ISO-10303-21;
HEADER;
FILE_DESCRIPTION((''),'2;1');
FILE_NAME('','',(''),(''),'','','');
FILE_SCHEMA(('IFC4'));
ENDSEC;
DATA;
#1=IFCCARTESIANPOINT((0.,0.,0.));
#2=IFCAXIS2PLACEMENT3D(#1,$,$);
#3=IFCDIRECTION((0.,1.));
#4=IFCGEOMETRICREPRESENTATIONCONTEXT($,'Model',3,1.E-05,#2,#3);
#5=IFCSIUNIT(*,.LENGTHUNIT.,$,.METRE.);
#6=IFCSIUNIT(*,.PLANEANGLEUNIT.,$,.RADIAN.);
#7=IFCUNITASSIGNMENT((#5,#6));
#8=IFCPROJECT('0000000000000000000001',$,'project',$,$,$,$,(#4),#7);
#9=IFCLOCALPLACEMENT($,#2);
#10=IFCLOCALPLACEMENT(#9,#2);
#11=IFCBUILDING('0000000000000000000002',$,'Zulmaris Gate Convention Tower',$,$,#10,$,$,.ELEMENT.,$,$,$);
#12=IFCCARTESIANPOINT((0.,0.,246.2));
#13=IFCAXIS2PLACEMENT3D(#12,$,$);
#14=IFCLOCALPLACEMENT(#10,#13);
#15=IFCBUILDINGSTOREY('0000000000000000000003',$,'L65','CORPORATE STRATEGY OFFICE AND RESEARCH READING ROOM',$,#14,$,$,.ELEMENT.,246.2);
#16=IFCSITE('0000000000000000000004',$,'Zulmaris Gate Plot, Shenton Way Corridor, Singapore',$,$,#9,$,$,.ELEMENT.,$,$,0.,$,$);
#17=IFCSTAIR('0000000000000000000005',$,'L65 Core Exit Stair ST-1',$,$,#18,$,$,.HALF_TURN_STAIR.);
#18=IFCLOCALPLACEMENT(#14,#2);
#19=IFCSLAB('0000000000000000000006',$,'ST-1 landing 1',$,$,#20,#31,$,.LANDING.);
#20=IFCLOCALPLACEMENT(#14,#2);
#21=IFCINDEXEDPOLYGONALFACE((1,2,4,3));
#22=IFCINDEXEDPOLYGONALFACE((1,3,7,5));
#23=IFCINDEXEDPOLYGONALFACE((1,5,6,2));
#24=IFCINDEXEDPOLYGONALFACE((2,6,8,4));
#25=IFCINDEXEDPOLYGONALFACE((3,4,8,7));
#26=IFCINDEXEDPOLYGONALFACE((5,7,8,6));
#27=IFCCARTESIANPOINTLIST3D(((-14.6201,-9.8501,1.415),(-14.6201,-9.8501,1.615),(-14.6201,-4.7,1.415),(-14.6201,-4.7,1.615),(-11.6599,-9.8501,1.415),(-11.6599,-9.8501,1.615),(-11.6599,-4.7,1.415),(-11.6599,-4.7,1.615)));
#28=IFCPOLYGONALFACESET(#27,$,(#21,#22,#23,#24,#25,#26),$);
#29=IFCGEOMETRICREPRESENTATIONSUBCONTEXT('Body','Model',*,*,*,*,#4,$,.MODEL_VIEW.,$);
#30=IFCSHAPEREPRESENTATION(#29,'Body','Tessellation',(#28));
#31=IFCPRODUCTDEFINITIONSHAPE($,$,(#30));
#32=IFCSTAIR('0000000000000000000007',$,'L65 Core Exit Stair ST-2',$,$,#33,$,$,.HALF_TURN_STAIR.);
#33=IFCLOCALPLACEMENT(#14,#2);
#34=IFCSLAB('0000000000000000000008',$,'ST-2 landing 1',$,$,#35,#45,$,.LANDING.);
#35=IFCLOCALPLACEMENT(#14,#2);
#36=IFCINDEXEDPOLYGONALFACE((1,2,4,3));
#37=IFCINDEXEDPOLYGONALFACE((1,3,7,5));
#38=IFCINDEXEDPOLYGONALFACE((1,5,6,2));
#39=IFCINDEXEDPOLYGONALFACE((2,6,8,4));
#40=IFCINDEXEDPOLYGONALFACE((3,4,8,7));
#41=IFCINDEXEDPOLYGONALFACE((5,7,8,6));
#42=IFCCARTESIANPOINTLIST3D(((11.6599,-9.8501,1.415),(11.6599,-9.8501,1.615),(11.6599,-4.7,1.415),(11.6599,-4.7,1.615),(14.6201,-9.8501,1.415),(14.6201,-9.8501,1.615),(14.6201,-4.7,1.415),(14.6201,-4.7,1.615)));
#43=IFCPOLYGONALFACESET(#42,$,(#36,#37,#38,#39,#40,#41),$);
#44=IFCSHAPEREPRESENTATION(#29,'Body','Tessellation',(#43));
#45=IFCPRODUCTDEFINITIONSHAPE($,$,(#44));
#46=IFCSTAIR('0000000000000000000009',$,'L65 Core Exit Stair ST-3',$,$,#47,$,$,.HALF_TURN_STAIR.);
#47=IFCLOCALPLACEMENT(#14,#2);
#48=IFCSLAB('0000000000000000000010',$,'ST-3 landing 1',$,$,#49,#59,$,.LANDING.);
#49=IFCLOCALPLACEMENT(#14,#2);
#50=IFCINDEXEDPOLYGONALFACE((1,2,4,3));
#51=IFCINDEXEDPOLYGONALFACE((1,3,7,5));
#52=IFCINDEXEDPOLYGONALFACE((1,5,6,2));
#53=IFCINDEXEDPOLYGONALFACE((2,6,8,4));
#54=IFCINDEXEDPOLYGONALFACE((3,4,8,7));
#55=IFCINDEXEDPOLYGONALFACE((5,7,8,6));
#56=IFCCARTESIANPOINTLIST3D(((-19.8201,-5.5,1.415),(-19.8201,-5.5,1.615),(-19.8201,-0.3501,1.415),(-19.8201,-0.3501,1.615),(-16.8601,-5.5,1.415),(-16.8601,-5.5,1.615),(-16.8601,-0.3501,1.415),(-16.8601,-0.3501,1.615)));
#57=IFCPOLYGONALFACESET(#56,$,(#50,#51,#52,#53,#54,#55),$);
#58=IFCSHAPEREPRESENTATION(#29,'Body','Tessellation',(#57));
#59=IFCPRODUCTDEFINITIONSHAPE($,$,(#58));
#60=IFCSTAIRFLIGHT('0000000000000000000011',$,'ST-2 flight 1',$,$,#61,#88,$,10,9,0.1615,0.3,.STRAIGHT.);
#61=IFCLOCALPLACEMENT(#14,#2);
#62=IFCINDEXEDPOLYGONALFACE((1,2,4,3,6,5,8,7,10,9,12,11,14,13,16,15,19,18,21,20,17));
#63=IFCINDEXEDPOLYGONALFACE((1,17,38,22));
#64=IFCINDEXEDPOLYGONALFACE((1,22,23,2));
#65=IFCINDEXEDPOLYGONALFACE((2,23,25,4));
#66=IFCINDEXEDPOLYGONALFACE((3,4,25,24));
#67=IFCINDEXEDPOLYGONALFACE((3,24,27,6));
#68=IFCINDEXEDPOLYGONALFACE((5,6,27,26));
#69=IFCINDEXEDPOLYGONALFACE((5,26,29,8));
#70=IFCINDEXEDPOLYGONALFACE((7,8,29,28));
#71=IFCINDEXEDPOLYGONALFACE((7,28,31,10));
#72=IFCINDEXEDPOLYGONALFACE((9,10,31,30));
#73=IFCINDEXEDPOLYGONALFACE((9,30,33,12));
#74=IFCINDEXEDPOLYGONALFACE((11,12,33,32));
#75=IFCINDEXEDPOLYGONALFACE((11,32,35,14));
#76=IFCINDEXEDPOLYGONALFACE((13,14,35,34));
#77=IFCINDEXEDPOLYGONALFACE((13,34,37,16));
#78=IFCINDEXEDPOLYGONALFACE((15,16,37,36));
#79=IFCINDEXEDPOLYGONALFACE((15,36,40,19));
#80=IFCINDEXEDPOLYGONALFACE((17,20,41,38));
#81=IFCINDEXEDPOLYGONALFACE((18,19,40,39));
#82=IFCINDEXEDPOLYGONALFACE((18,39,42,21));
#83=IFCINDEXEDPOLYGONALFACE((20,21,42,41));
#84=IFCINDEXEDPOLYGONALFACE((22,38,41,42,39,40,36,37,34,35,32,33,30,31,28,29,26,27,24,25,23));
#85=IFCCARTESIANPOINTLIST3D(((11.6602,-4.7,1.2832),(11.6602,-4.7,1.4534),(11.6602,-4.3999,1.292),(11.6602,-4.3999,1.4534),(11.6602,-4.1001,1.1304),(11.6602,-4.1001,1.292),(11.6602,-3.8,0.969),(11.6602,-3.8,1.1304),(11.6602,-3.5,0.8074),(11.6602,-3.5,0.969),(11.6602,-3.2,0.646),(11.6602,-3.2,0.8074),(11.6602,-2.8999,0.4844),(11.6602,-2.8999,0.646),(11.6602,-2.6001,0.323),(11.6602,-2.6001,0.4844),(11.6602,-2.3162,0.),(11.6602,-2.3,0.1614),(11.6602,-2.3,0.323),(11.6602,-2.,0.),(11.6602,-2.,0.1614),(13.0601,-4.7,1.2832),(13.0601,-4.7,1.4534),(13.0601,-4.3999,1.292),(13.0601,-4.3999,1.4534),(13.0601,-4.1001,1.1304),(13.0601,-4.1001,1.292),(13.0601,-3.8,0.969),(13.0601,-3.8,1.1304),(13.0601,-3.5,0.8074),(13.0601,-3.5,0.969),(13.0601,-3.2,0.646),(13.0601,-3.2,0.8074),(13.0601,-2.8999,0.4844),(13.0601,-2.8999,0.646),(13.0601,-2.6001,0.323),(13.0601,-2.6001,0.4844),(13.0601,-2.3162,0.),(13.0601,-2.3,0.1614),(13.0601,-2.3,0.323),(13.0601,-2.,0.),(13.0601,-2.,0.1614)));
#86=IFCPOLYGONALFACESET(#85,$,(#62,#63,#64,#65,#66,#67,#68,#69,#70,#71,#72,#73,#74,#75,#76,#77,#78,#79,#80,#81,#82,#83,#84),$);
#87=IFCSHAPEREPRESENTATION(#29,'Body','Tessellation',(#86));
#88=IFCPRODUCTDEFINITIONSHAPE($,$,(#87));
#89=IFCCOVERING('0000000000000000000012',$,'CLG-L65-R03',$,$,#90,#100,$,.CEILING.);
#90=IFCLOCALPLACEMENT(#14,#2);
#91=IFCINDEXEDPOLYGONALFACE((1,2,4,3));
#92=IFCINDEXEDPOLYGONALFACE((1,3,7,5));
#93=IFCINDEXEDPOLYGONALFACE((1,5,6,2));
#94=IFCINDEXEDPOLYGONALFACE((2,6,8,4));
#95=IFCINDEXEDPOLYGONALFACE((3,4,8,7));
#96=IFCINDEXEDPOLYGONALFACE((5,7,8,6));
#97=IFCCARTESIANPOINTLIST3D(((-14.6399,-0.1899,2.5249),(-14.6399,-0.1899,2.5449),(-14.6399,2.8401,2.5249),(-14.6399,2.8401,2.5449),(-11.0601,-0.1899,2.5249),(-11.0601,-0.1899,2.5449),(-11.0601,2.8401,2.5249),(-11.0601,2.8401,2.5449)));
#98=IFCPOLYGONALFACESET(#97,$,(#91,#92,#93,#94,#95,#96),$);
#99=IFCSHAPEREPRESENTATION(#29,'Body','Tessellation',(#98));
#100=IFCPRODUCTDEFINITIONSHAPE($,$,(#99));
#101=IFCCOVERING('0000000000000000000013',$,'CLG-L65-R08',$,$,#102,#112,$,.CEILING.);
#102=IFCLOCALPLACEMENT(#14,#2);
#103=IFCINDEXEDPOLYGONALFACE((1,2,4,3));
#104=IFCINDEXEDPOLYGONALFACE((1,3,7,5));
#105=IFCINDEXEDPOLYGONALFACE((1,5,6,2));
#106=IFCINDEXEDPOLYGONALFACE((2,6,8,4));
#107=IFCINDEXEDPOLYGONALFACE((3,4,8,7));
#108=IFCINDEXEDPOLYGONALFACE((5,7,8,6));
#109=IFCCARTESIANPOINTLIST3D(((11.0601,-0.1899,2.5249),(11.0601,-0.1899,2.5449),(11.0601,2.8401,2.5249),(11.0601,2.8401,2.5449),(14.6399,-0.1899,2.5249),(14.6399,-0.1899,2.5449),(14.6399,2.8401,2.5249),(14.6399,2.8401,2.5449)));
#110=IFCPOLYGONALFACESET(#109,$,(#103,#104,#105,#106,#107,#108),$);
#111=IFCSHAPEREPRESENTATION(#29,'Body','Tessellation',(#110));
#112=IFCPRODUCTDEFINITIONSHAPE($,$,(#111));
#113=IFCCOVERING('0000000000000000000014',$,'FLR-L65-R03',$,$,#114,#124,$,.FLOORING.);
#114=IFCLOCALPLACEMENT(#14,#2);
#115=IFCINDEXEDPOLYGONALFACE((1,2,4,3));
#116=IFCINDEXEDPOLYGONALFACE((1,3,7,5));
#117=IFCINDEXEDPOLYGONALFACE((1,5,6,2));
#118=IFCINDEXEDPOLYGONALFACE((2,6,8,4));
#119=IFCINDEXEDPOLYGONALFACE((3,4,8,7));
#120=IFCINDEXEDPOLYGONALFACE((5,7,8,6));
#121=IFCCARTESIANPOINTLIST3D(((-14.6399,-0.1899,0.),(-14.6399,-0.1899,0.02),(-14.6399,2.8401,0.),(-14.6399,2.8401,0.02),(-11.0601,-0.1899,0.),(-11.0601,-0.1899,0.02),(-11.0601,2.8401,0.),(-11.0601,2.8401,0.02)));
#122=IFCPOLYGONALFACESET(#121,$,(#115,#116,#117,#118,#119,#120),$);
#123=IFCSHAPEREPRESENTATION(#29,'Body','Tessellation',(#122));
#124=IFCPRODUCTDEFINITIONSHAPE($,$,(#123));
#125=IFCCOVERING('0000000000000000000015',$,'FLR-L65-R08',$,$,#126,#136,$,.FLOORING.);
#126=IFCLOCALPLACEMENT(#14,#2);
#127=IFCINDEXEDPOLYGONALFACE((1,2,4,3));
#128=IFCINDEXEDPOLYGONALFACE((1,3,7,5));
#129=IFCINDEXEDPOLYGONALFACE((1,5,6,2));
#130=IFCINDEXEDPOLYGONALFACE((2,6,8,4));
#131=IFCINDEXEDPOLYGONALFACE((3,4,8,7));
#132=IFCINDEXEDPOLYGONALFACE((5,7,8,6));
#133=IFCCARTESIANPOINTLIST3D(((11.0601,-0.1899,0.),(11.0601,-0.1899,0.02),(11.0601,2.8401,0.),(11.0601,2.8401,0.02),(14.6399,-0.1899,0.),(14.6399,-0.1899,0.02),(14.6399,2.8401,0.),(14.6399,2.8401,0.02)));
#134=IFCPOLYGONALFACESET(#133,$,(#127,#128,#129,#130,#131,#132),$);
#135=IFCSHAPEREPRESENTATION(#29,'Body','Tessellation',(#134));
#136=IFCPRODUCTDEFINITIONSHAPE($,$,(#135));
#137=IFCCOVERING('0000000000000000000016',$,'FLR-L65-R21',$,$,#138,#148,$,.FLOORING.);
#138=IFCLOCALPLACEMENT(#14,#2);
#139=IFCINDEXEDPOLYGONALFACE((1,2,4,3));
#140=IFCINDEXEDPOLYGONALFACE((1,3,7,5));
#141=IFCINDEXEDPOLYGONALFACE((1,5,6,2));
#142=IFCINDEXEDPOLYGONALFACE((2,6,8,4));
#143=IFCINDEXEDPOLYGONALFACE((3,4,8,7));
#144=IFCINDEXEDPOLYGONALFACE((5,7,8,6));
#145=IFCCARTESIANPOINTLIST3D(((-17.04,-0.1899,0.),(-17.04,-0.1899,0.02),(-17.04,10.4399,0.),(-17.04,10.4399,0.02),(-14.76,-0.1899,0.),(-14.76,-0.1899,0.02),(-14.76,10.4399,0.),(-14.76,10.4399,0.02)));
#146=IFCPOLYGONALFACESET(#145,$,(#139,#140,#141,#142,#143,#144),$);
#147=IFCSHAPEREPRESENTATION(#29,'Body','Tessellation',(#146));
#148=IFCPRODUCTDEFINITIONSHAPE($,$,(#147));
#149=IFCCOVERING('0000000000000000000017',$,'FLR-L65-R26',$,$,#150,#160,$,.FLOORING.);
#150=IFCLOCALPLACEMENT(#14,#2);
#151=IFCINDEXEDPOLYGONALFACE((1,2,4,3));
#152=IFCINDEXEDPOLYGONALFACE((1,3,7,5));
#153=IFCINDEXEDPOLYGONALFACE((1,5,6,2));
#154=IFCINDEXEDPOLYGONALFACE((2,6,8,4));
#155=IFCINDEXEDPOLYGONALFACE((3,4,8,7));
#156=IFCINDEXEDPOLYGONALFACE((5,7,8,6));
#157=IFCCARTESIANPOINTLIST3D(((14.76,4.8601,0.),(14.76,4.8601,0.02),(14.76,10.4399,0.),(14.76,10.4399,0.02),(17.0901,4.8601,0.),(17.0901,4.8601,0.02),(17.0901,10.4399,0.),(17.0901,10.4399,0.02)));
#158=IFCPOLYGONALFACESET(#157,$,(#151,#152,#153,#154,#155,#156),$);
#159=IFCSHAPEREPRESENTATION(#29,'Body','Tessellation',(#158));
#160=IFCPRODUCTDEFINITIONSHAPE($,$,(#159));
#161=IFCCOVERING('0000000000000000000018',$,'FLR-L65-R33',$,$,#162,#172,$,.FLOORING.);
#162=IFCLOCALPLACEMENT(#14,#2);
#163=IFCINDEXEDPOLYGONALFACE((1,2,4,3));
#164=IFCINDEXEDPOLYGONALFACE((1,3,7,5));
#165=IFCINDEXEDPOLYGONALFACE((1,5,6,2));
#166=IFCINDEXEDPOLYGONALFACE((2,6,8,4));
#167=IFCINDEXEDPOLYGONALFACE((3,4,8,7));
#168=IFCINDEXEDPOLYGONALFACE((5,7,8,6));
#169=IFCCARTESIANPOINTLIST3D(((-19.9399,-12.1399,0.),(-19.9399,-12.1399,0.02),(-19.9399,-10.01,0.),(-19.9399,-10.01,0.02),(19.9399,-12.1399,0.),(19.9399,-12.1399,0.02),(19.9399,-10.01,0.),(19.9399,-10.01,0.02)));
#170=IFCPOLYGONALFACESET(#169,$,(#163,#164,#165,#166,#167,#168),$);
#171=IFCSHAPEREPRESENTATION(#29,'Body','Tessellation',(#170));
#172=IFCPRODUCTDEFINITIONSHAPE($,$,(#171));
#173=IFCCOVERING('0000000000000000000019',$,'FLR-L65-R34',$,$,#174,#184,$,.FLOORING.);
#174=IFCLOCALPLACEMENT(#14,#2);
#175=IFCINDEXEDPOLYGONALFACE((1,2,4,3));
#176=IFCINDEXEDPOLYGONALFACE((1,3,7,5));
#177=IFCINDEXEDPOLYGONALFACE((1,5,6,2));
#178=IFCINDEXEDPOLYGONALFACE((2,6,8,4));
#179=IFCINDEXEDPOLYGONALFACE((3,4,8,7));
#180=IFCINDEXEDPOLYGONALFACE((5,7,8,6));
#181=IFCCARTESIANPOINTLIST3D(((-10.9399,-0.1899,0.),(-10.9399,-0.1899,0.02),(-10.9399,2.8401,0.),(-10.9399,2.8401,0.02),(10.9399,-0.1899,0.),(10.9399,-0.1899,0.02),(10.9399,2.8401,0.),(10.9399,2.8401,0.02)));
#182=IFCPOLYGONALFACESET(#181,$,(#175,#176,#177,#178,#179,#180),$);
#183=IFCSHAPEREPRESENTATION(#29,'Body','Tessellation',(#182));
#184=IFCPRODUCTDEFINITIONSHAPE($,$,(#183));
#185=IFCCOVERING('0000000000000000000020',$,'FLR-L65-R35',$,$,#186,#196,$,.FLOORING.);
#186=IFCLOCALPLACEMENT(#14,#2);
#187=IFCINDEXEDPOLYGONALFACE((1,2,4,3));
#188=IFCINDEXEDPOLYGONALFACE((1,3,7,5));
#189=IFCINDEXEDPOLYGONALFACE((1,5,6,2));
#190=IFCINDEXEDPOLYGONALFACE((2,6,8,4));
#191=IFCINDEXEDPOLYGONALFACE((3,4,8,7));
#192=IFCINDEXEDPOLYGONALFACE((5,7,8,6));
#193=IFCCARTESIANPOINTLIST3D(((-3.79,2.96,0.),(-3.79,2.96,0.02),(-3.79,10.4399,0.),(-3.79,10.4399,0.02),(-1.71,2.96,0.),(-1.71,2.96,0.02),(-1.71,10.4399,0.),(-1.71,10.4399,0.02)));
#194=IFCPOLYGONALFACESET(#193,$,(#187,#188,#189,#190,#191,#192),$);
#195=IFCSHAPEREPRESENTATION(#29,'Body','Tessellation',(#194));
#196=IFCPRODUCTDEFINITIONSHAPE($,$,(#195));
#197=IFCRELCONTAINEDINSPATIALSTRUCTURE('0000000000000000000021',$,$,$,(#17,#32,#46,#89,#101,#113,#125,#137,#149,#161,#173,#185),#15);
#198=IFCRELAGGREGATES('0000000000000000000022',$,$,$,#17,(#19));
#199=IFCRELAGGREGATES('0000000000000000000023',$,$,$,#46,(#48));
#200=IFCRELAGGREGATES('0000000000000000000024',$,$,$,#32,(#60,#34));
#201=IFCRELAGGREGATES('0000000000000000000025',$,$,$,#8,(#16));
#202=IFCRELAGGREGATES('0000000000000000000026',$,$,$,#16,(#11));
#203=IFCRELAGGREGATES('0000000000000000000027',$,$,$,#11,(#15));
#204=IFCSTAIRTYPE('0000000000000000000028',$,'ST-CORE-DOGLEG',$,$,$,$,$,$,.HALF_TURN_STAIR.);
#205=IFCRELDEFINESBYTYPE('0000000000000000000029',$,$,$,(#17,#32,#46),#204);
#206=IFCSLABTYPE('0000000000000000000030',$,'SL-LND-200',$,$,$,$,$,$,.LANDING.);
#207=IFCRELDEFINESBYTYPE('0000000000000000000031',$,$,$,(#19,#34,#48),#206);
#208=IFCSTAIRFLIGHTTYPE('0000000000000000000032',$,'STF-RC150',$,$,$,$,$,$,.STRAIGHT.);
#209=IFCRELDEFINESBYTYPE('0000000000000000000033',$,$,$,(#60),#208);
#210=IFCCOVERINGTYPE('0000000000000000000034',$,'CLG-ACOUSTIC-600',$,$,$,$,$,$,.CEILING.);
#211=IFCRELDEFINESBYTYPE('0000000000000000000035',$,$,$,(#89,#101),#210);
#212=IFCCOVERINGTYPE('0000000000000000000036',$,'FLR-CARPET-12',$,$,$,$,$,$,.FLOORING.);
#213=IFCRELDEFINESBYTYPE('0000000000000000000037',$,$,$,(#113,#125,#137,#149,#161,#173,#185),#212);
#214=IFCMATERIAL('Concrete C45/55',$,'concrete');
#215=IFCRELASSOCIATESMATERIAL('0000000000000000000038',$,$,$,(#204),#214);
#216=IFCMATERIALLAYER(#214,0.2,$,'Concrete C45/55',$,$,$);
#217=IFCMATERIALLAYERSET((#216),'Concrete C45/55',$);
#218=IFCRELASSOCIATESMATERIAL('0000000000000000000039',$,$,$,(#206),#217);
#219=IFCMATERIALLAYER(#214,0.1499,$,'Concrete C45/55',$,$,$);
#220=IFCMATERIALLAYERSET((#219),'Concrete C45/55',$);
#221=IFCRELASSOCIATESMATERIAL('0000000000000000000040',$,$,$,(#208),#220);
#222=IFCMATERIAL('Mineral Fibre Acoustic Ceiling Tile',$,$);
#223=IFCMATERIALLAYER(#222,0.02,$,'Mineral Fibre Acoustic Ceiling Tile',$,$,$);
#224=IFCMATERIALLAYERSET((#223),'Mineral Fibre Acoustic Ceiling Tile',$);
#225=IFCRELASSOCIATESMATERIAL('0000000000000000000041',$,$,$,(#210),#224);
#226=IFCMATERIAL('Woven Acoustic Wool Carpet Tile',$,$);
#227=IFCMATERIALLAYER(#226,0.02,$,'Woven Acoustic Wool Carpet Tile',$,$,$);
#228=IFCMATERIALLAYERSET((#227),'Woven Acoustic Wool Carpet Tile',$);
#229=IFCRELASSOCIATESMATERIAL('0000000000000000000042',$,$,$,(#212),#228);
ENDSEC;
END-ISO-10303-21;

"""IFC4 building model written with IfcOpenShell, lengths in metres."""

from ifc_helpers import new_model, si_unit, direction, frame, origin, place, context, subcontext, project, spatial, polyline, outline, extrude, material, layer, layer_set, type_object, element, aggregate, save


model = new_model("IFC4")

# Units and contexts
model_context = context("Model", 3, precision=1e-05, world=origin(), true_north=direction((0.0, 1.0)))
body_context = subcontext(model_context, "Body", "Model", "MODEL_VIEW")
ifc_project = project(units=[si_unit("LENGTHUNIT", "METRE"), si_unit("PLANEANGLEUNIT", "RADIAN")], contexts=[model_context])

# Site, building, storey
site_placement = place(None, origin())
site = spatial("IfcSite", under=ifc_project, at=site_placement, Name="Zulmaris Gate Plot, Shenton Way Corridor, Singapore", CompositionType="ELEMENT", RefElevation=0.0)
building_placement = place(site_placement, origin())
building = spatial("IfcBuilding", under=site, at=building_placement, Name="Zulmaris Gate Convention Tower", CompositionType="ELEMENT")
storey_placement = place(building_placement, frame((0.0, 0.0, 246.2)))
storey = spatial("IfcBuildingStorey", under=building, at=storey_placement, Name="L65", Description="CORPORATE STRATEGY OFFICE AND RESEARCH READING ROOM", CompositionType="ELEMENT", Elevation=246.2)

# Stairs, slabs
ifc_material_1 = material(Name="Concrete C45/55", Category="concrete")
stair_type = type_object("IfcStairType", Name="ST-CORE-DOGLEG", PredefinedType="HALF_TURN_STAIR", material=ifc_material_1)
stair_1_placement = place(storey_placement, origin())
stair_1 = element("IfcStair", 1, at=stair_1_placement, inside=storey, type_object=stair_type, Name="L65 Core Exit Stair ST-1", PredefinedType="HALF_TURN_STAIR")
ifc_layer_1 = layer(ifc_material_1, 0.2, Name="Concrete C45/55")
ifc_layer_set_1 = layer_set([ifc_layer_1], Name="Concrete C45/55")
slab_type = type_object("IfcSlabType", Name="SL-LND-200", PredefinedType="LANDING", material=ifc_layer_set_1)
slab_1_placement = place(storey_placement, frame((0.0, 0.0, 1.415)))
slab_1 = element("IfcSlab", 2, at=slab_1_placement, type_object=slab_type, Name="ST-1 landing 1", PredefinedType="LANDING", context=body_context, shape_type="SweptSolid", body=[
    extrude(outline(polyline([(-14.6201, -4.7), (-14.6201, -9.8501), (-11.6599, -9.8501), (-11.6599, -4.7), (-14.6201, -4.7)])), origin(), (0.0, 0.0, 1.0), 0.2),
])
aggregate(stair_1, [slab_1])
stair_2_placement = place(storey_placement, origin())
stair_2 = element("IfcStair", 3, at=stair_2_placement, inside=storey, type_object=stair_type, Name="L65 Core Exit Stair ST-2", PredefinedType="HALF_TURN_STAIR")
slab_2_placement = place(storey_placement, frame((0.0, 0.0, 1.415)))
slab_2 = element("IfcSlab", 4, at=slab_2_placement, type_object=slab_type, Name="ST-2 landing 1", PredefinedType="LANDING", context=body_context, shape_type="SweptSolid", body=[
    extrude(outline(polyline([(11.6599, -4.7), (11.6599, -9.8501), (14.6201, -9.8501), (14.6201, -4.7), (11.6599, -4.7)])), origin(), (0.0, 0.0, 1.0), 0.2),
])
stair_3_placement = place(storey_placement, origin())
stair_3 = element("IfcStair", 5, at=stair_3_placement, inside=storey, type_object=stair_type, Name="L65 Core Exit Stair ST-3", PredefinedType="HALF_TURN_STAIR")
slab_3_placement = place(storey_placement, frame((0.0, 0.0, 1.415)))
slab_3 = element("IfcSlab", 6, at=slab_3_placement, type_object=slab_type, Name="ST-3 landing 1", PredefinedType="LANDING", context=body_context, shape_type="SweptSolid", body=[
    extrude(outline(polyline([(-16.8601, -5.5), (-16.8601, -0.3501), (-19.8201, -0.3501), (-19.8201, -5.5), (-16.8601, -5.5)])), origin(), (0.0, 0.0, 1.0), 0.2),
])
aggregate(stair_3, [slab_3])

# Stair flight
ifc_layer_2 = layer(ifc_material_1, 0.1499, Name="Concrete C45/55")
ifc_layer_set_2 = layer_set([ifc_layer_2], Name="Concrete C45/55")
stair_flight_type = type_object("IfcStairFlightType", Name="STF-RC150", PredefinedType="STRAIGHT", material=ifc_layer_set_2)
stair_flight_placement = place(storey_placement, frame((12.3601, -2.0, 0.0), z_axis=(0.0, 0.0, 1.0), x_axis=(0.0, -1.0, 0.0)))
stair_flight = element("IfcStairFlight", 7, at=stair_flight_placement, type_object=stair_flight_type, Name="ST-2 flight 1", NumberOfRisers=10, NumberOfTreads=9, PredefinedType="STRAIGHT", RiserHeight=0.1615, TreadLength=0.3, context=body_context, shape_type="SweptSolid", body=[
    extrude(outline(polyline([(0.0, 0.0), (0.0, 0.1614), (0.3, 0.1614), (0.3, 0.323), (0.6001, 0.323), (0.6001, 0.4844), (0.8999, 0.4844), (0.8999, 0.646), (1.2, 0.646), (1.2, 0.8074), (1.5, 0.8074), (1.5, 0.969), (1.8, 0.969), (1.8, 1.1304), (2.1001, 1.1304), (2.1001, 1.292), (2.3999, 1.292), (2.3999, 1.4534), (2.7, 1.4534), (2.7, 1.615), (2.7, 1.2832), (0.3162, 0.0), (0.0, 0.0)])), frame((0.0, 0.7, 0.0), z_axis=(0.0, -1.0, 0.0), x_axis=(1.0, 0.0, 0.0)), (0.0, 0.0, 1.0), 1.3999),
])
aggregate(stair_2, [stair_flight, slab_2])

# Coverings
ifc_material_2 = material(Name="Mineral Fibre Acoustic Ceiling Tile")
ifc_layer_3 = layer(ifc_material_2, 0.02, Name="Mineral Fibre Acoustic Ceiling Tile")
ifc_layer_set_3 = layer_set([ifc_layer_3], Name="Mineral Fibre Acoustic Ceiling Tile")
covering_type_1 = type_object("IfcCoveringType", Name="CLG-ACOUSTIC-600", PredefinedType="CEILING", material=ifc_layer_set_3)
covering_1_placement = place(storey_placement, frame((0.0, 0.0, 2.5249)))
element("IfcCovering", 8, at=covering_1_placement, inside=storey, type_object=covering_type_1, Name="CLG-L65-R03", PredefinedType="CEILING", context=body_context, shape_type="SweptSolid", body=[
    extrude(outline(polyline([(-14.6399, -0.1899), (-11.0601, -0.1899), (-11.0601, 2.8401), (-14.6399, 2.8401), (-14.6399, -0.1899)])), origin(), (0.0, 0.0, 1.0), 0.02),
])
covering_2_placement = place(storey_placement, frame((0.0, 0.0, 2.5249)))
element("IfcCovering", 9, at=covering_2_placement, inside=storey, type_object=covering_type_1, Name="CLG-L65-R08", PredefinedType="CEILING", context=body_context, shape_type="SweptSolid", body=[
    extrude(outline(polyline([(11.0601, -0.1899), (14.6399, -0.1899), (14.6399, 2.8401), (11.0601, 2.8401), (11.0601, -0.1899)])), origin(), (0.0, 0.0, 1.0), 0.02),
])
ifc_material_3 = material(Name="Woven Acoustic Wool Carpet Tile")
ifc_layer_4 = layer(ifc_material_3, 0.02, Name="Woven Acoustic Wool Carpet Tile")
ifc_layer_set_4 = layer_set([ifc_layer_4], Name="Woven Acoustic Wool Carpet Tile")
covering_type_2 = type_object("IfcCoveringType", Name="FLR-CARPET-12", PredefinedType="FLOORING", material=ifc_layer_set_4)
covering_3_placement = place(storey_placement, origin())
element("IfcCovering", 10, at=covering_3_placement, inside=storey, type_object=covering_type_2, Name="FLR-L65-R03", PredefinedType="FLOORING", context=body_context, shape_type="SweptSolid", body=[
    extrude(outline(polyline([(-14.6399, -0.1899), (-11.0601, -0.1899), (-11.0601, 2.8401), (-14.6399, 2.8401), (-14.6399, -0.1899)])), origin(), (0.0, 0.0, 1.0), 0.02),
])
covering_4_placement = place(storey_placement, origin())
element("IfcCovering", 11, at=covering_4_placement, inside=storey, type_object=covering_type_2, Name="FLR-L65-R08", PredefinedType="FLOORING", context=body_context, shape_type="SweptSolid", body=[
    extrude(outline(polyline([(11.0601, -0.1899), (14.6399, -0.1899), (14.6399, 2.8401), (11.0601, 2.8401), (11.0601, -0.1899)])), origin(), (0.0, 0.0, 1.0), 0.02),
])
covering_5_placement = place(storey_placement, origin())
element("IfcCovering", 12, at=covering_5_placement, inside=storey, type_object=covering_type_2, Name="FLR-L65-R21", PredefinedType="FLOORING", context=body_context, shape_type="SweptSolid", body=[
    extrude(outline(polyline([(-17.04, -0.1899), (-14.76, -0.1899), (-14.76, 10.4399), (-17.04, 10.4399), (-17.04, -0.1899)])), origin(), (0.0, 0.0, 1.0), 0.02),
])
covering_6_placement = place(storey_placement, origin())
element("IfcCovering", 13, at=covering_6_placement, inside=storey, type_object=covering_type_2, Name="FLR-L65-R26", PredefinedType="FLOORING", context=body_context, shape_type="SweptSolid", body=[
    extrude(outline(polyline([(14.76, 4.8601), (17.0901, 4.8601), (17.0901, 10.4399), (14.76, 10.4399), (14.76, 4.8601)])), origin(), (0.0, 0.0, 1.0), 0.02),
])
covering_7_placement = place(storey_placement, origin())
element("IfcCovering", 14, at=covering_7_placement, inside=storey, type_object=covering_type_2, Name="FLR-L65-R33", PredefinedType="FLOORING", context=body_context, shape_type="SweptSolid", body=[
    extrude(outline(polyline([(-19.9399, -12.1399), (19.9399, -12.1399), (19.9399, -10.01), (-19.9399, -10.01), (-19.9399, -12.1399)])), origin(), (0.0, 0.0, 1.0), 0.02),
])
covering_8_placement = place(storey_placement, origin())
element("IfcCovering", 15, at=covering_8_placement, inside=storey, type_object=covering_type_2, Name="FLR-L65-R34", PredefinedType="FLOORING", context=body_context, shape_type="SweptSolid", body=[
    extrude(outline(polyline([(-10.9399, -0.1899), (10.9399, -0.1899), (10.9399, 2.8401), (-10.9399, 2.8401), (-10.9399, -0.1899)])), origin(), (0.0, 0.0, 1.0), 0.02),
])
covering_9_placement = place(storey_placement, origin())
element("IfcCovering", 16, at=covering_9_placement, inside=storey, type_object=covering_type_2, Name="FLR-L65-R35", PredefinedType="FLOORING", context=body_context, shape_type="SweptSolid", body=[
    extrude(outline(polyline([(-3.79, 2.96), (-1.71, 2.96), (-1.71, 10.4399), (-3.79, 10.4399), (-3.79, 2.96)])), origin(), (0.0, 0.0, 1.0), 0.02),
])

save(model, "model.ifc")
